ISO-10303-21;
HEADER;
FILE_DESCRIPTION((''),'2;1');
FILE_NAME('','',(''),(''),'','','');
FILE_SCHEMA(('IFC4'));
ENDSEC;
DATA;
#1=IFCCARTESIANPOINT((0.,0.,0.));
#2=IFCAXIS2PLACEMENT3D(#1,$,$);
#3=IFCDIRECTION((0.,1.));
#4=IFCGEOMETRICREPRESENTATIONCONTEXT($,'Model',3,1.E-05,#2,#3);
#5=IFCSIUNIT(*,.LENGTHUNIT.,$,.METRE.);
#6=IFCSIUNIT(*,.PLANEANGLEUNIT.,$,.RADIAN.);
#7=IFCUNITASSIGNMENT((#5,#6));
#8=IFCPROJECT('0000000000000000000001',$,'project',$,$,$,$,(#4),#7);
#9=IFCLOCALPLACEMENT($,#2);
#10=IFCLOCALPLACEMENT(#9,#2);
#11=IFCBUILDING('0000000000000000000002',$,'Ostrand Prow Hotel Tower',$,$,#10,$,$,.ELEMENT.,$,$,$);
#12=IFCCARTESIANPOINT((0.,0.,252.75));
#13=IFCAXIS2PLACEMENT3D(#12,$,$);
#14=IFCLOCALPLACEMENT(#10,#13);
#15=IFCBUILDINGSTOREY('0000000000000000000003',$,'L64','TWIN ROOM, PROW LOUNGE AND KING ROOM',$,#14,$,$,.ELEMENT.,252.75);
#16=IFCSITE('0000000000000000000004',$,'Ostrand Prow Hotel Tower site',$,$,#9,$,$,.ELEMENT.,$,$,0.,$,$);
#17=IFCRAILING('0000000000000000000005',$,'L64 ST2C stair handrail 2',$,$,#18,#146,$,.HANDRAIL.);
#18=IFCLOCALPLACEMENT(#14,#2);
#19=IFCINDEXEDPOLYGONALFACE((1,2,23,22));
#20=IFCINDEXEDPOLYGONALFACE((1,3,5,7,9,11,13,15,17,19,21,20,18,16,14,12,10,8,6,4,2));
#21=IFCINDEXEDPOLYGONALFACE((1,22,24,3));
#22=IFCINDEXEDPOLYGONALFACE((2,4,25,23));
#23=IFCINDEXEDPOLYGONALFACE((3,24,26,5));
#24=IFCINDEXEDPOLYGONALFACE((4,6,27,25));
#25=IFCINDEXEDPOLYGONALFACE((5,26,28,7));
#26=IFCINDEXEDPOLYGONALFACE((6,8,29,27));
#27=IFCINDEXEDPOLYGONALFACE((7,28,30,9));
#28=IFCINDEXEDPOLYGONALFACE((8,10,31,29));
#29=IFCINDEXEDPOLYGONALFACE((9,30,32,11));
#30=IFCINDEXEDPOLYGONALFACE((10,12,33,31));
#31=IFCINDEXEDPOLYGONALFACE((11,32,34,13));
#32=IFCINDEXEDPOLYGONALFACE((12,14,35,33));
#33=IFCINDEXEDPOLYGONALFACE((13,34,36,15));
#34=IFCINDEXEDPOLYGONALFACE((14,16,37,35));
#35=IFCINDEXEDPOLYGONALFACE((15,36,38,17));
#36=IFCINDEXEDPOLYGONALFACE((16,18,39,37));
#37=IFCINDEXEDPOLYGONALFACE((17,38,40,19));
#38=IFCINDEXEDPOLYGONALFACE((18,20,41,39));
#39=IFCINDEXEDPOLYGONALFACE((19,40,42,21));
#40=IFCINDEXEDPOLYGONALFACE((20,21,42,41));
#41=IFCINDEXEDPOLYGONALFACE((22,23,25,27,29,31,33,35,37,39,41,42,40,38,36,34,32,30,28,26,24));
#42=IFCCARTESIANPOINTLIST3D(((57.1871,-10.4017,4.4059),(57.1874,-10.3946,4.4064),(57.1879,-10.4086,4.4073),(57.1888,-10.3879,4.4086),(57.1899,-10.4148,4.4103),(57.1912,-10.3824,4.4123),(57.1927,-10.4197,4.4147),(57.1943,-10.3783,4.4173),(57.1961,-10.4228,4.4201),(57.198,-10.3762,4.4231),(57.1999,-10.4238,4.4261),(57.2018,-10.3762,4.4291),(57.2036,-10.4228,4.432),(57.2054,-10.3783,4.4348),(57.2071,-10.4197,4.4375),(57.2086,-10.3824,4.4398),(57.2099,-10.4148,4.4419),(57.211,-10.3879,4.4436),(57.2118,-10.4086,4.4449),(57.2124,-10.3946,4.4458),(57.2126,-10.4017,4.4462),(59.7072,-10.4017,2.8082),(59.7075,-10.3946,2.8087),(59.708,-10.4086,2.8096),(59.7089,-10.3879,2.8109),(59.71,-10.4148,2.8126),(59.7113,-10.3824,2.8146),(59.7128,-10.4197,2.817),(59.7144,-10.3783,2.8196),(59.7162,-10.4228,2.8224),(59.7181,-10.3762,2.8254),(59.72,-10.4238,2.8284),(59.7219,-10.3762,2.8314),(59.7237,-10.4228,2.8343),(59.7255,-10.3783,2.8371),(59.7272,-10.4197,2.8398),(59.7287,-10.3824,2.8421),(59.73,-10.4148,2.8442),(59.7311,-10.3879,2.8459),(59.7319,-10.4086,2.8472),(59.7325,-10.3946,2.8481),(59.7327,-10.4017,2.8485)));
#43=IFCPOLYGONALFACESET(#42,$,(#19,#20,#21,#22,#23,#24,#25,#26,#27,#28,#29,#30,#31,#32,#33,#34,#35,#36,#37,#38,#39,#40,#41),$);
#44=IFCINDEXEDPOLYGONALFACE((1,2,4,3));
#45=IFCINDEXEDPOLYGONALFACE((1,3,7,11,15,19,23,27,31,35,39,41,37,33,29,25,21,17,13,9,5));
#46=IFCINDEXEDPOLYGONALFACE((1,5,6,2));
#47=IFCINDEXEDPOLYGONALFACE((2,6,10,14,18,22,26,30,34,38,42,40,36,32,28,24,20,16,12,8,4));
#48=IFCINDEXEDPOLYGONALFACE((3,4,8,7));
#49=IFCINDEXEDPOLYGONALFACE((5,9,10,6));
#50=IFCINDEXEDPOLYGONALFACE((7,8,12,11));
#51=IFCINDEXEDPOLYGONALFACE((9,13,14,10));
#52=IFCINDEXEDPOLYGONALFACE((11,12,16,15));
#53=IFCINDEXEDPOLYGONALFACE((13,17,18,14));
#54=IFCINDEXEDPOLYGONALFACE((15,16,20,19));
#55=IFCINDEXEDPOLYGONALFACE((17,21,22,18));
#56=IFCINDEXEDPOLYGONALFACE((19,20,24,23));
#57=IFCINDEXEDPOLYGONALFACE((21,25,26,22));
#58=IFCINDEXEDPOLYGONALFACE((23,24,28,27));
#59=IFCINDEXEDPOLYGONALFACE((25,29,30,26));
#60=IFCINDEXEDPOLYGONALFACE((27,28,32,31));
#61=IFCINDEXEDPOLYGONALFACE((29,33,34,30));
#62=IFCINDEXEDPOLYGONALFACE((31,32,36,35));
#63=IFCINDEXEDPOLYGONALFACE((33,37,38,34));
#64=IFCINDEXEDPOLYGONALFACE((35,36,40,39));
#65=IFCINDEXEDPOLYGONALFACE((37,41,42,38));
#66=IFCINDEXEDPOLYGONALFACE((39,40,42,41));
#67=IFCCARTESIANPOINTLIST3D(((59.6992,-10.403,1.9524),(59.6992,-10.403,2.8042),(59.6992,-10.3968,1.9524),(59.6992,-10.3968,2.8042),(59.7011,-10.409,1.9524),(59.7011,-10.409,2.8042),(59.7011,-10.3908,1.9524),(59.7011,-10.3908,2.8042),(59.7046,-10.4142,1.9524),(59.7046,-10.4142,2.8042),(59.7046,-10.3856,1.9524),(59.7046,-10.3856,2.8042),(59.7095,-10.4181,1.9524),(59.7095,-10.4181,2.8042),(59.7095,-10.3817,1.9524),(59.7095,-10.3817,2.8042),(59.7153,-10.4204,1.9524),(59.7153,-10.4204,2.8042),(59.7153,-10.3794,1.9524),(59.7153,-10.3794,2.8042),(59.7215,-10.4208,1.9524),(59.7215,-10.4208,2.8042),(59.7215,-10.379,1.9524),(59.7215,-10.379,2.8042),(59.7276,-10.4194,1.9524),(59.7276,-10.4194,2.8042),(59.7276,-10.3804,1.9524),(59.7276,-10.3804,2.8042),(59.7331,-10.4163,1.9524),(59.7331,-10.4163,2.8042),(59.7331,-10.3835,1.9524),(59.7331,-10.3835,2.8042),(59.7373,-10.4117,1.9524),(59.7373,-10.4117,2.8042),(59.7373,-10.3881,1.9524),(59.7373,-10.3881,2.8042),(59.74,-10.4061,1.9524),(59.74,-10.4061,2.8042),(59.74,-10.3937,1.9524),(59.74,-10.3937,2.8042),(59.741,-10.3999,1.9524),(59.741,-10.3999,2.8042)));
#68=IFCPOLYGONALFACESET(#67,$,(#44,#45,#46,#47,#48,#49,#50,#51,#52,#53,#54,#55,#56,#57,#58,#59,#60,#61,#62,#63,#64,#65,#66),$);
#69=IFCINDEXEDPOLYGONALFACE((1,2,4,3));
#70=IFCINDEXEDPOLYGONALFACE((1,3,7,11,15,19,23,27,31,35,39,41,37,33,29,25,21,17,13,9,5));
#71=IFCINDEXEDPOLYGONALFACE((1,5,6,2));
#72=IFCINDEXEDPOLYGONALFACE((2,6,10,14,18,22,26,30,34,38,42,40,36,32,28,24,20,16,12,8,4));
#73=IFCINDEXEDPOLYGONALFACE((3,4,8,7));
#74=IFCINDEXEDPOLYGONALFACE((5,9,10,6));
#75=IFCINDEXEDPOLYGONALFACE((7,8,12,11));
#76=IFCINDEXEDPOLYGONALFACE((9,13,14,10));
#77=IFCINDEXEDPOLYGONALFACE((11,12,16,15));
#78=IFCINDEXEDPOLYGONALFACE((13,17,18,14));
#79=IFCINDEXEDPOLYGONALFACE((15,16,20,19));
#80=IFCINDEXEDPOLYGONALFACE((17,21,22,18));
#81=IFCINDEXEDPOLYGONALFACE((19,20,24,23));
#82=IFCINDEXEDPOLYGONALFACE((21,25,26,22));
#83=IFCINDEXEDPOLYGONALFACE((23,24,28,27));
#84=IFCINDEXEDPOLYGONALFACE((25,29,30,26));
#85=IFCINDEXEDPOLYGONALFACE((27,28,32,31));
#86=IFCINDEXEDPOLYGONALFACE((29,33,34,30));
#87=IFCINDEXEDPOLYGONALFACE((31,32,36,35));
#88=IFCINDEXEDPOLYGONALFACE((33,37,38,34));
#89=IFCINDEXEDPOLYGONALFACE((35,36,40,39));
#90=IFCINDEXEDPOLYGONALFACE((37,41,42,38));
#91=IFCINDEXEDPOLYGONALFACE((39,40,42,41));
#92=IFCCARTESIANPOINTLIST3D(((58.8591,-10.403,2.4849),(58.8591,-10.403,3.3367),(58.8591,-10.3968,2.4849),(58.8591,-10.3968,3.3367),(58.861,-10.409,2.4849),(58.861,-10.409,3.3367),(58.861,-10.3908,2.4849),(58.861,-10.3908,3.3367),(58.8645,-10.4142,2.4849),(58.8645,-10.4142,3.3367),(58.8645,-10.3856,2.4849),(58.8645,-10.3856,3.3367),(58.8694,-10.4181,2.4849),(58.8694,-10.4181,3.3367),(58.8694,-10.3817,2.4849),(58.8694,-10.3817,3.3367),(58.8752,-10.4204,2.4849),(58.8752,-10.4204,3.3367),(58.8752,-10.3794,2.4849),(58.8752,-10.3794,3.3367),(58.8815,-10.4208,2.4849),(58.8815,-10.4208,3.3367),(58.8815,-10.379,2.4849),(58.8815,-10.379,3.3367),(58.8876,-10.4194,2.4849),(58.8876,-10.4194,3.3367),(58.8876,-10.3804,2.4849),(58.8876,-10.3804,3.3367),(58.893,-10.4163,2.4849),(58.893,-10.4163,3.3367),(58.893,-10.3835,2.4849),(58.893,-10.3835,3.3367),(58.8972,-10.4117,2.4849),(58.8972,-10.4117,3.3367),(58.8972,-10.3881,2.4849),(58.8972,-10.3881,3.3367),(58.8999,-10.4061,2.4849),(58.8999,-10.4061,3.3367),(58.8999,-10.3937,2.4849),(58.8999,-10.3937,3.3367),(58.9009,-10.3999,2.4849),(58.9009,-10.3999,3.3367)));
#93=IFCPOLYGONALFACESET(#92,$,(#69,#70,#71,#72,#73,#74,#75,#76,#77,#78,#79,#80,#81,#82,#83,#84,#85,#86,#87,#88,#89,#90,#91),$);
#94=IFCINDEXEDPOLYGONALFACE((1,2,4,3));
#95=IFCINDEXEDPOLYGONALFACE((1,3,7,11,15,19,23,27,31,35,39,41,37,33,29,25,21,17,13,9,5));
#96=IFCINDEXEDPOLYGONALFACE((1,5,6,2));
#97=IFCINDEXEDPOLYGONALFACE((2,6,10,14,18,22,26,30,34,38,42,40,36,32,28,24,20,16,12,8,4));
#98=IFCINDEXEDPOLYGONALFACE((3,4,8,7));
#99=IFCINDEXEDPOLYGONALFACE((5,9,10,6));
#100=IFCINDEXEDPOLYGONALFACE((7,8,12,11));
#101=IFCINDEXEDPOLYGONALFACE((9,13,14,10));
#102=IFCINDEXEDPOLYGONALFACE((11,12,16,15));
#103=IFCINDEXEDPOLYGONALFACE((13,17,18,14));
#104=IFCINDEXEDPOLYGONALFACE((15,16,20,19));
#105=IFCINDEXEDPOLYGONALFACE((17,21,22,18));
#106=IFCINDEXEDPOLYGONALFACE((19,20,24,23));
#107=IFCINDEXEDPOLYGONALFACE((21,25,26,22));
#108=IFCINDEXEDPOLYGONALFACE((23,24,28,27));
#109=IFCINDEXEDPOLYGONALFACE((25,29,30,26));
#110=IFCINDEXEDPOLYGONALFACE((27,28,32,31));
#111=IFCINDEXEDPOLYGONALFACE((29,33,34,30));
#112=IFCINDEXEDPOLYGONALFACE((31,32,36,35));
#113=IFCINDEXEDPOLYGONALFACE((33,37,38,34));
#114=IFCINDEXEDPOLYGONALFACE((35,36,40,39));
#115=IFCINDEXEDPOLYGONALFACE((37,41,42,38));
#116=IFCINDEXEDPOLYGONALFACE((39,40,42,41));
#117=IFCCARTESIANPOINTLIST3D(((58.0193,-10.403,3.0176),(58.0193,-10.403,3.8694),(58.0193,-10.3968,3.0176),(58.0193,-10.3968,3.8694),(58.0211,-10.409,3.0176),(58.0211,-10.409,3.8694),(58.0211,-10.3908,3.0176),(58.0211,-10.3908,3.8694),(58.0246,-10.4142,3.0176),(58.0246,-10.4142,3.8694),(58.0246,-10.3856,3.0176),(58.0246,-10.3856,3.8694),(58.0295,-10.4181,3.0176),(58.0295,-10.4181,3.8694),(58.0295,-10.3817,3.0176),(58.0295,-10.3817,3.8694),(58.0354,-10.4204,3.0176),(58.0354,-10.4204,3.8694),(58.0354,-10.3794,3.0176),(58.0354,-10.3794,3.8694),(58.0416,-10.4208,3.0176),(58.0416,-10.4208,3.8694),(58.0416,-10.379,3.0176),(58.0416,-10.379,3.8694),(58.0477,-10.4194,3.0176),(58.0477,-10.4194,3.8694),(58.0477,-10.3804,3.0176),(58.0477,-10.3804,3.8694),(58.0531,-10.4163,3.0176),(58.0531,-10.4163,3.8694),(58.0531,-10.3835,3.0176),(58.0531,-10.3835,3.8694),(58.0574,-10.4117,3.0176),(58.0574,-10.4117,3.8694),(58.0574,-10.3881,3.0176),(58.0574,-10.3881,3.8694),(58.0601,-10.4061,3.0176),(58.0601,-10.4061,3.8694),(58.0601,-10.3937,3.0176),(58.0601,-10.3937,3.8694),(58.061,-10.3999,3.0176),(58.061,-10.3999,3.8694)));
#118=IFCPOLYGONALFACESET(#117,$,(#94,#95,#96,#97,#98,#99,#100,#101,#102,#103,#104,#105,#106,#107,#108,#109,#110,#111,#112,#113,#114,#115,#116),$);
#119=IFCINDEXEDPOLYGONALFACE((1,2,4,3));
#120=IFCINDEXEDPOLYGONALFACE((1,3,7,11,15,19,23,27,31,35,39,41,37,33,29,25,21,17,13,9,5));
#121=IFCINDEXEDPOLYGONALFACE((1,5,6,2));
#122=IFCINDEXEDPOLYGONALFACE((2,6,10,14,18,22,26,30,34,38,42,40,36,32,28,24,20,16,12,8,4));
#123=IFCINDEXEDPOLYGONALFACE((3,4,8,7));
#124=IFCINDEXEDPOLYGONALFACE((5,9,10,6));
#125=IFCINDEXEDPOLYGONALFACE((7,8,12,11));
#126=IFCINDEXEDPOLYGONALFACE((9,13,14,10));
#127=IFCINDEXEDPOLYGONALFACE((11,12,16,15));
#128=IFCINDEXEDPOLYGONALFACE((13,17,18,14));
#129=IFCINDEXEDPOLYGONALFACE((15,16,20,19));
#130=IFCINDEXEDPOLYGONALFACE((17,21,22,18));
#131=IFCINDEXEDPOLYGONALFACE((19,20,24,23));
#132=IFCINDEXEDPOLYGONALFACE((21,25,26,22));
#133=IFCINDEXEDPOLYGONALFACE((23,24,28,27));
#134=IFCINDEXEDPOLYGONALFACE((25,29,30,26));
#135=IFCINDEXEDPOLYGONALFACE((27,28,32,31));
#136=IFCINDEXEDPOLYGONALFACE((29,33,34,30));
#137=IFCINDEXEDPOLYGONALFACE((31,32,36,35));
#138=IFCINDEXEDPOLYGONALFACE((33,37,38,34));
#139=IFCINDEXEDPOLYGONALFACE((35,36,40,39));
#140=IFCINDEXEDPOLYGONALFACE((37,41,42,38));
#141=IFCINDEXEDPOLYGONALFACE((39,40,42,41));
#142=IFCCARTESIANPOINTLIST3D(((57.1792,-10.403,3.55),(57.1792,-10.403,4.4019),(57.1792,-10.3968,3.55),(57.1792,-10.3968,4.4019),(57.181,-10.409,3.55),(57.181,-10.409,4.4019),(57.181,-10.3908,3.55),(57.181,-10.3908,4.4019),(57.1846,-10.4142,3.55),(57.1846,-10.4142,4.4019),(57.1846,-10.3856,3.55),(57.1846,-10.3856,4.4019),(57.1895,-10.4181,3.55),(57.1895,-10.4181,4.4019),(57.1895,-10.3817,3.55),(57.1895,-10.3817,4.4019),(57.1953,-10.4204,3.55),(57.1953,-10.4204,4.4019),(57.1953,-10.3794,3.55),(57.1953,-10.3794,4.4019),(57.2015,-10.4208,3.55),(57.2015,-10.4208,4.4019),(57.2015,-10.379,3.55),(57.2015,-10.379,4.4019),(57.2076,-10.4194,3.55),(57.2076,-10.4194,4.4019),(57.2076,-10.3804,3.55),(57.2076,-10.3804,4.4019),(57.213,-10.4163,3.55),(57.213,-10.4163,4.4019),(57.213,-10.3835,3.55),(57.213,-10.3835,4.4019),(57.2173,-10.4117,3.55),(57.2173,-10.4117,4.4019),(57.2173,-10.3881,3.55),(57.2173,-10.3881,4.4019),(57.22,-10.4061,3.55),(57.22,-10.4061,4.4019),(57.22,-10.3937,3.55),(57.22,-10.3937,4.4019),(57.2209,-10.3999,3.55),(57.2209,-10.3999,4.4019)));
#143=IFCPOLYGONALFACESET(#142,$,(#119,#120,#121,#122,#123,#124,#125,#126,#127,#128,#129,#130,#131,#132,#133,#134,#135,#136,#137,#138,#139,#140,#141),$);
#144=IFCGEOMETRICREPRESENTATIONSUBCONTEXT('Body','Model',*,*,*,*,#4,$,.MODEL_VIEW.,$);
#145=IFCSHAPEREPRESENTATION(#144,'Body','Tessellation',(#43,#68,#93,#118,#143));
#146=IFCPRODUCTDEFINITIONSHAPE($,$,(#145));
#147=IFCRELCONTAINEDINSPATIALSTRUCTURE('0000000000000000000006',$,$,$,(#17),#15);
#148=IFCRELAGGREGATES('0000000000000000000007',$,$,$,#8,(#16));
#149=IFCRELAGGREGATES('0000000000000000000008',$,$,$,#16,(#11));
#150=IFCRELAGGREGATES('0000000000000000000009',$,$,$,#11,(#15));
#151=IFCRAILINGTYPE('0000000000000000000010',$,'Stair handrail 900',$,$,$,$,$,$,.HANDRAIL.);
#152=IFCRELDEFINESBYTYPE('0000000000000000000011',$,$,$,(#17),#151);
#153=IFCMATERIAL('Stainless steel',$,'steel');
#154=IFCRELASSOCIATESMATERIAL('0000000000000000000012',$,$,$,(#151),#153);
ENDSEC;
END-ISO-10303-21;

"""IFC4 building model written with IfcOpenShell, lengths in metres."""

from ifc_helpers import new_model, si_unit, direction, frame, origin, origin_2d, place, context, subcontext, project, spatial, circle, extrude, material, type_object, element, save


model = new_model("IFC4")

# Units and contexts
model_context = context("Model", 3, precision=1e-05, world=origin(), true_north=direction((0.0, 1.0)))
body_context = subcontext(model_context, "Body", "Model", "MODEL_VIEW")
ifc_project = project(units=[si_unit("LENGTHUNIT", "METRE"), si_unit("PLANEANGLEUNIT", "RADIAN")], contexts=[model_context])

# Site, building, storey
site_placement = place(None, origin())
site = spatial("IfcSite", under=ifc_project, at=site_placement, Name="Ostrand Prow Hotel Tower site", CompositionType="ELEMENT", RefElevation=0.0)
building_placement = place(site_placement, origin())
building = spatial("IfcBuilding", under=site, at=building_placement, Name="Ostrand Prow Hotel Tower", CompositionType="ELEMENT")
storey_placement = place(building_placement, frame((0.0, 0.0, 252.75)))
storey = spatial("IfcBuildingStorey", under=building, at=storey_placement, Name="L64", Description="TWIN ROOM, PROW LOUNGE AND KING ROOM", CompositionType="ELEMENT", Elevation=252.75)

# Railing
ifc_material_1 = material(Name="Stainless steel", Category="steel")
railing_type_1 = type_object("IfcRailingType", Name="Stair handrail 900", PredefinedType="HANDRAIL", material=ifc_material_1)
railing_1_placement = place(storey_placement, frame((59.72, -10.3999, 1.9524)))
element("IfcRailing", 1, at=railing_1_placement, inside=storey, type_object=railing_type_1, Name="L64 ST2C stair handrail 2", PredefinedType="HANDRAIL", context=body_context, shape_type="SweptSolid", body=[
    extrude(circle(Radius=0.0239, at=origin_2d()), frame((0.0, 0.0, 0.876), z_axis=(-0.84457, 0.0, 0.535445), x_axis=(0.0, -1.0, 0.0)), (0.0, 0.0, 1.0), 2.9839),
    extrude(circle(Radius=0.021, at=origin_2d()), origin(), (0.0, 0.0, 1.0), 0.8518),
    extrude(circle(Radius=0.021, at=origin_2d()), frame((-0.8401, 0.0, 0.5325)), (0.0, 0.0, 1.0), 0.8518),
    extrude(circle(Radius=0.021, at=origin_2d()), frame((-1.6799, 0.0, 1.0652)), (0.0, 0.0, 1.0), 0.8518),
    extrude(circle(Radius=0.021, at=origin_2d()), frame((-2.52, 0.0, 1.5977)), (0.0, 0.0, 1.0), 0.8518),
])

save(model, "model.ifc")
